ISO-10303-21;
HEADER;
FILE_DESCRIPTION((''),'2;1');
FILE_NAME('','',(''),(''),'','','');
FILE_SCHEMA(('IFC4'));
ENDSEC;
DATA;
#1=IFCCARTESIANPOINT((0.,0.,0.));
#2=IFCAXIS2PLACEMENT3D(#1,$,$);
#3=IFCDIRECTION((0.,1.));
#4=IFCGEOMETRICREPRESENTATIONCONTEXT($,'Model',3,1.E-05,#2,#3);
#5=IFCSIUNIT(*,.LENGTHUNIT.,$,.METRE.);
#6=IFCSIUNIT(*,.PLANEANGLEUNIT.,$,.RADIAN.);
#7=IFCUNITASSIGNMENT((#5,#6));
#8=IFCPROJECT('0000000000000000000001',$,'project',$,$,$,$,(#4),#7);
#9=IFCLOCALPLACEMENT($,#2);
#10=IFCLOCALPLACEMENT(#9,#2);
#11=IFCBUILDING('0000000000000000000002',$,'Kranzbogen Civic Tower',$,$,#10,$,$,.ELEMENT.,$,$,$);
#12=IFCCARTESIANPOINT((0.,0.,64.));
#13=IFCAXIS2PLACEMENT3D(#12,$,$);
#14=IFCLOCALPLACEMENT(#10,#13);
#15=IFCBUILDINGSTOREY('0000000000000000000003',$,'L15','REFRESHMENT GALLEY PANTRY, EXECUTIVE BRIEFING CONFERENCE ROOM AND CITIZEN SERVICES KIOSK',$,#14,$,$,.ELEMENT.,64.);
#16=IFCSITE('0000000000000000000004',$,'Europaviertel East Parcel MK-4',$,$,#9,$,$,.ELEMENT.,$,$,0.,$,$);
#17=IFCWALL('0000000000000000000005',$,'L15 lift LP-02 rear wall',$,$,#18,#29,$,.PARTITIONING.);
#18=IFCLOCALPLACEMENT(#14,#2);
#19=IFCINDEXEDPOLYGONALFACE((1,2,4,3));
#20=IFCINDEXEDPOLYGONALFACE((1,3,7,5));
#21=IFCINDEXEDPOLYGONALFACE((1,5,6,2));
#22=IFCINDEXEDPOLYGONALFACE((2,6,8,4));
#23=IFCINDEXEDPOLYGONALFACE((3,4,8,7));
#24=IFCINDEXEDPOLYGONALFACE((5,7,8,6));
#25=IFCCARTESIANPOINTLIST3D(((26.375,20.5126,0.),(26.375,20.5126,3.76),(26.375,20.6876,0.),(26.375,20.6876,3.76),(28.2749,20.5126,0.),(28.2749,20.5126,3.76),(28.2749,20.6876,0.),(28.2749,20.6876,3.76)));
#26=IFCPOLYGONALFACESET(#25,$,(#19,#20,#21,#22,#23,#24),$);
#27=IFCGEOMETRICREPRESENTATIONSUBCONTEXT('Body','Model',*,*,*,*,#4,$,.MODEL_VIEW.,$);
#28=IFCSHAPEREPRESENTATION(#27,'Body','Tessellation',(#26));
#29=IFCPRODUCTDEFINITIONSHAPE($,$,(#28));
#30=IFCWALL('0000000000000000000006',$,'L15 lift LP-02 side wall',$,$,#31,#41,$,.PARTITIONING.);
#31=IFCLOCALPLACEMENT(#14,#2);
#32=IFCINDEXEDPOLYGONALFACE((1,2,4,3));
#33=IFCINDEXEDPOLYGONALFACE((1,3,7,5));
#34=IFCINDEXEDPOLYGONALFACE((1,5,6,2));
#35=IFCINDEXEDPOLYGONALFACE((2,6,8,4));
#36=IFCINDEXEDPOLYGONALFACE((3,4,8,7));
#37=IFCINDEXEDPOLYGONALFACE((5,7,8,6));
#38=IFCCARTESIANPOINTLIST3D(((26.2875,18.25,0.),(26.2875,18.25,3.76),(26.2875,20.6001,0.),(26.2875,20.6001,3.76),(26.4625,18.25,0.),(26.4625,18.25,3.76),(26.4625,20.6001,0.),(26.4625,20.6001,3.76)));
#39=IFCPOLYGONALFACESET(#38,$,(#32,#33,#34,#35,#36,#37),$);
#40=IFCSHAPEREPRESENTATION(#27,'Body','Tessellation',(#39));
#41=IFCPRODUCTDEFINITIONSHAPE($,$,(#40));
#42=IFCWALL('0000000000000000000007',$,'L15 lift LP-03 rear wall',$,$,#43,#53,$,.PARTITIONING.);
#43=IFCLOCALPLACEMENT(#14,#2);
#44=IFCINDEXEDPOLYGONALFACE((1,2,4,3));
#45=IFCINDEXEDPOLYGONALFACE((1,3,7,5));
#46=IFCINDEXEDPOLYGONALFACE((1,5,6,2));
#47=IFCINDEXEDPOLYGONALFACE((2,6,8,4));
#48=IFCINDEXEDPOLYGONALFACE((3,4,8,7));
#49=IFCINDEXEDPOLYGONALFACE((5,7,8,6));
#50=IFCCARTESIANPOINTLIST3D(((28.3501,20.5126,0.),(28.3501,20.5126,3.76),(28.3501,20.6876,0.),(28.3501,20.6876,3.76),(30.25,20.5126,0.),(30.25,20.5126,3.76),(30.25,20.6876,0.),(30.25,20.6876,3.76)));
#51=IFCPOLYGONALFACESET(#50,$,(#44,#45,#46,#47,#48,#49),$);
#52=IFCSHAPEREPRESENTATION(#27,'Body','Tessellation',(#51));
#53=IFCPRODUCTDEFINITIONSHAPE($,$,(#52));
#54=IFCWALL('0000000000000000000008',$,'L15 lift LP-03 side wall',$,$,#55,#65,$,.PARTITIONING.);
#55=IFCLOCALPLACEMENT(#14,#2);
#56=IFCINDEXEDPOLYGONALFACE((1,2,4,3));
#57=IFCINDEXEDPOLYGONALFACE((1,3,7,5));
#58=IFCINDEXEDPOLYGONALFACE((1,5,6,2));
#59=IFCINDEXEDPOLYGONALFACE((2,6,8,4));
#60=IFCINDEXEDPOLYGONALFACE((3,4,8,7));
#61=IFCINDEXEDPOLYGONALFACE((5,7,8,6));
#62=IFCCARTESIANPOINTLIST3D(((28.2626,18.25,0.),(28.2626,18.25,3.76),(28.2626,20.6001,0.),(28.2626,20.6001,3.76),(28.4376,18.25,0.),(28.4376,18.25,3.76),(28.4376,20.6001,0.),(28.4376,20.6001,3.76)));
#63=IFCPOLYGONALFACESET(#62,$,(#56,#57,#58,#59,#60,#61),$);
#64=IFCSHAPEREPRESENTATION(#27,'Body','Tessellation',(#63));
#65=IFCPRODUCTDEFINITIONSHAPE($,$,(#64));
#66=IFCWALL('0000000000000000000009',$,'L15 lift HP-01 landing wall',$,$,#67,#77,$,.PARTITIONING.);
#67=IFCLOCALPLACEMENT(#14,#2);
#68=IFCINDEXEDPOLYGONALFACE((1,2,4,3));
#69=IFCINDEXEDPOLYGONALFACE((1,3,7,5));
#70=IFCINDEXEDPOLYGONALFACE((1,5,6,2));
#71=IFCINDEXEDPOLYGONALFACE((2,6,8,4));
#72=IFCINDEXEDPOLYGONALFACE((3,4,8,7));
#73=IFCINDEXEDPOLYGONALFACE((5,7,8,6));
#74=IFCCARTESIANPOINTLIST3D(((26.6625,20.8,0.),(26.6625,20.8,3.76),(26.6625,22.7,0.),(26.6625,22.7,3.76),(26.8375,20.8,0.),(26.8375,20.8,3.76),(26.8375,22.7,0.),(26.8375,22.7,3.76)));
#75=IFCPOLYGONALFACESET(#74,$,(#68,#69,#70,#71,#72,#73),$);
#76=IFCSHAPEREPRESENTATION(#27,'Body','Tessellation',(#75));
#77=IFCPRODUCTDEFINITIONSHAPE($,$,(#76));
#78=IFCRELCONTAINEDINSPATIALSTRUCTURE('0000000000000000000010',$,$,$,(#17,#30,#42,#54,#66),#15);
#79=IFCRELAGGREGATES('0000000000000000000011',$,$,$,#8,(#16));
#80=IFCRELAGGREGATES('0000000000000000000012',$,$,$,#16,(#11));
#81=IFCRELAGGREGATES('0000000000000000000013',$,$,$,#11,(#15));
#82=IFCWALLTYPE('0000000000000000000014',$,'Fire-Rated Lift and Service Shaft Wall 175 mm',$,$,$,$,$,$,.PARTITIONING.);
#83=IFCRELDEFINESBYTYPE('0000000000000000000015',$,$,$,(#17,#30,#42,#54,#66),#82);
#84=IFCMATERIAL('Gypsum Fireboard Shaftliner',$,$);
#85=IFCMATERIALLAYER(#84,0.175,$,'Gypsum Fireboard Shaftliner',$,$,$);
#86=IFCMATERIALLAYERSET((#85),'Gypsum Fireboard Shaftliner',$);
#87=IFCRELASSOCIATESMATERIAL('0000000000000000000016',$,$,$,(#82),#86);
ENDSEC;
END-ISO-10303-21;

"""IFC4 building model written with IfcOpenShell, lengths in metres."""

from ifc_helpers import new_model, si_unit, direction, frame, frame_2d, origin, place, context, subcontext, project, spatial, rectangle, extrude, material, layer, layer_set, type_object, element, save


model = new_model("IFC4")

# Units and contexts
model_context = context("Model", 3, precision=1e-05, world=origin(), true_north=direction((0.0, 1.0)))
body_context = subcontext(model_context, "Body", "Model", "MODEL_VIEW")
ifc_project = project(units=[si_unit("LENGTHUNIT", "METRE"), si_unit("PLANEANGLEUNIT", "RADIAN")], contexts=[model_context])

# Site, building, storey
site_placement = place(None, origin())
site = spatial("IfcSite", under=ifc_project, at=site_placement, Name="Europaviertel East Parcel MK-4", CompositionType="ELEMENT", RefElevation=0.0)
building_placement = place(site_placement, origin())
building = spatial("IfcBuilding", under=site, at=building_placement, Name="Kranzbogen Civic Tower", CompositionType="ELEMENT")
storey_placement = place(building_placement, frame((0.0, 0.0, 64.0)))
storey = spatial("IfcBuildingStorey", under=building, at=storey_placement, Name="L15", Description="REFRESHMENT GALLEY PANTRY, EXECUTIVE BRIEFING CONFERENCE ROOM AND CITIZEN SERVICES KIOSK", CompositionType="ELEMENT", Elevation=64.0)

# Walls
ifc_material_1 = material(Name="Gypsum Fireboard Shaftliner")
ifc_layer_1 = layer(ifc_material_1, 0.175, Name="Gypsum Fireboard Shaftliner")
ifc_layer_set_1 = layer_set([ifc_layer_1], Name="Gypsum Fireboard Shaftliner")
wall_type_1 = type_object("IfcWallType", Name="Fire-Rated Lift and Service Shaft Wall 175 mm", PredefinedType="PARTITIONING", material=ifc_layer_set_1)
wall_1_placement = place(storey_placement, frame((26.375, 20.6001, 0.0), z_axis=(0.0, 0.0, 1.0), x_axis=(1.0, 0.0, 0.0)))
element("IfcWall", 1, at=wall_1_placement, inside=storey, type_object=wall_type_1, Name="L15 lift LP-02 rear wall", PredefinedType="PARTITIONING", context=body_context, shape_type="SweptSolid", body=[
    extrude(rectangle(XDim=1.8999, YDim=0.175, at=frame_2d((0.95, 0.0))), origin(), (0.0, 0.0, 1.0), 3.76),
])
wall_2_placement = place(storey_placement, frame((26.375, 18.25, 0.0), z_axis=(0.0, 0.0, 1.0), x_axis=(0.0, 1.0, 0.0)))
element("IfcWall", 2, at=wall_2_placement, inside=storey, type_object=wall_type_1, Name="L15 lift LP-02 side wall", PredefinedType="PARTITIONING", context=body_context, shape_type="SweptSolid", body=[
    extrude(rectangle(XDim=2.3501, YDim=0.175, at=frame_2d((1.175, 0.0))), origin(), (0.0, 0.0, 1.0), 3.76),
])
wall_3_placement = place(storey_placement, frame((28.3501, 20.6001, 0.0), z_axis=(0.0, 0.0, 1.0), x_axis=(1.0, 0.0, 0.0)))
element("IfcWall", 3, at=wall_3_placement, inside=storey, type_object=wall_type_1, Name="L15 lift LP-03 rear wall", PredefinedType="PARTITIONING", context=body_context, shape_type="SweptSolid", body=[
    extrude(rectangle(XDim=1.8999, YDim=0.175, at=frame_2d((0.95, 0.0))), origin(), (0.0, 0.0, 1.0), 3.76),
])
wall_4_placement = place(storey_placement, frame((28.3501, 18.25, 0.0), z_axis=(0.0, 0.0, 1.0), x_axis=(0.0, 1.0, 0.0)))
element("IfcWall", 4, at=wall_4_placement, inside=storey, type_object=wall_type_1, Name="L15 lift LP-03 side wall", PredefinedType="PARTITIONING", context=body_context, shape_type="SweptSolid", body=[
    extrude(rectangle(XDim=2.3501, YDim=0.175, at=frame_2d((1.175, 0.0))), origin(), (0.0, 0.0, 1.0), 3.76),
])
wall_5_placement = place(storey_placement, frame((26.75, 20.8, 0.0), z_axis=(0.0, 0.0, 1.0), x_axis=(0.0, 1.0, 0.0)))
element("IfcWall", 5, at=wall_5_placement, inside=storey, type_object=wall_type_1, Name="L15 lift HP-01 landing wall", PredefinedType="PARTITIONING", context=body_context, shape_type="SweptSolid", body=[
    extrude(rectangle(XDim=1.8999, YDim=0.175, at=frame_2d((0.95, 0.0))), origin(), (0.0, 0.0, 1.0), 3.76),
])

save(model, "model.ifc")
